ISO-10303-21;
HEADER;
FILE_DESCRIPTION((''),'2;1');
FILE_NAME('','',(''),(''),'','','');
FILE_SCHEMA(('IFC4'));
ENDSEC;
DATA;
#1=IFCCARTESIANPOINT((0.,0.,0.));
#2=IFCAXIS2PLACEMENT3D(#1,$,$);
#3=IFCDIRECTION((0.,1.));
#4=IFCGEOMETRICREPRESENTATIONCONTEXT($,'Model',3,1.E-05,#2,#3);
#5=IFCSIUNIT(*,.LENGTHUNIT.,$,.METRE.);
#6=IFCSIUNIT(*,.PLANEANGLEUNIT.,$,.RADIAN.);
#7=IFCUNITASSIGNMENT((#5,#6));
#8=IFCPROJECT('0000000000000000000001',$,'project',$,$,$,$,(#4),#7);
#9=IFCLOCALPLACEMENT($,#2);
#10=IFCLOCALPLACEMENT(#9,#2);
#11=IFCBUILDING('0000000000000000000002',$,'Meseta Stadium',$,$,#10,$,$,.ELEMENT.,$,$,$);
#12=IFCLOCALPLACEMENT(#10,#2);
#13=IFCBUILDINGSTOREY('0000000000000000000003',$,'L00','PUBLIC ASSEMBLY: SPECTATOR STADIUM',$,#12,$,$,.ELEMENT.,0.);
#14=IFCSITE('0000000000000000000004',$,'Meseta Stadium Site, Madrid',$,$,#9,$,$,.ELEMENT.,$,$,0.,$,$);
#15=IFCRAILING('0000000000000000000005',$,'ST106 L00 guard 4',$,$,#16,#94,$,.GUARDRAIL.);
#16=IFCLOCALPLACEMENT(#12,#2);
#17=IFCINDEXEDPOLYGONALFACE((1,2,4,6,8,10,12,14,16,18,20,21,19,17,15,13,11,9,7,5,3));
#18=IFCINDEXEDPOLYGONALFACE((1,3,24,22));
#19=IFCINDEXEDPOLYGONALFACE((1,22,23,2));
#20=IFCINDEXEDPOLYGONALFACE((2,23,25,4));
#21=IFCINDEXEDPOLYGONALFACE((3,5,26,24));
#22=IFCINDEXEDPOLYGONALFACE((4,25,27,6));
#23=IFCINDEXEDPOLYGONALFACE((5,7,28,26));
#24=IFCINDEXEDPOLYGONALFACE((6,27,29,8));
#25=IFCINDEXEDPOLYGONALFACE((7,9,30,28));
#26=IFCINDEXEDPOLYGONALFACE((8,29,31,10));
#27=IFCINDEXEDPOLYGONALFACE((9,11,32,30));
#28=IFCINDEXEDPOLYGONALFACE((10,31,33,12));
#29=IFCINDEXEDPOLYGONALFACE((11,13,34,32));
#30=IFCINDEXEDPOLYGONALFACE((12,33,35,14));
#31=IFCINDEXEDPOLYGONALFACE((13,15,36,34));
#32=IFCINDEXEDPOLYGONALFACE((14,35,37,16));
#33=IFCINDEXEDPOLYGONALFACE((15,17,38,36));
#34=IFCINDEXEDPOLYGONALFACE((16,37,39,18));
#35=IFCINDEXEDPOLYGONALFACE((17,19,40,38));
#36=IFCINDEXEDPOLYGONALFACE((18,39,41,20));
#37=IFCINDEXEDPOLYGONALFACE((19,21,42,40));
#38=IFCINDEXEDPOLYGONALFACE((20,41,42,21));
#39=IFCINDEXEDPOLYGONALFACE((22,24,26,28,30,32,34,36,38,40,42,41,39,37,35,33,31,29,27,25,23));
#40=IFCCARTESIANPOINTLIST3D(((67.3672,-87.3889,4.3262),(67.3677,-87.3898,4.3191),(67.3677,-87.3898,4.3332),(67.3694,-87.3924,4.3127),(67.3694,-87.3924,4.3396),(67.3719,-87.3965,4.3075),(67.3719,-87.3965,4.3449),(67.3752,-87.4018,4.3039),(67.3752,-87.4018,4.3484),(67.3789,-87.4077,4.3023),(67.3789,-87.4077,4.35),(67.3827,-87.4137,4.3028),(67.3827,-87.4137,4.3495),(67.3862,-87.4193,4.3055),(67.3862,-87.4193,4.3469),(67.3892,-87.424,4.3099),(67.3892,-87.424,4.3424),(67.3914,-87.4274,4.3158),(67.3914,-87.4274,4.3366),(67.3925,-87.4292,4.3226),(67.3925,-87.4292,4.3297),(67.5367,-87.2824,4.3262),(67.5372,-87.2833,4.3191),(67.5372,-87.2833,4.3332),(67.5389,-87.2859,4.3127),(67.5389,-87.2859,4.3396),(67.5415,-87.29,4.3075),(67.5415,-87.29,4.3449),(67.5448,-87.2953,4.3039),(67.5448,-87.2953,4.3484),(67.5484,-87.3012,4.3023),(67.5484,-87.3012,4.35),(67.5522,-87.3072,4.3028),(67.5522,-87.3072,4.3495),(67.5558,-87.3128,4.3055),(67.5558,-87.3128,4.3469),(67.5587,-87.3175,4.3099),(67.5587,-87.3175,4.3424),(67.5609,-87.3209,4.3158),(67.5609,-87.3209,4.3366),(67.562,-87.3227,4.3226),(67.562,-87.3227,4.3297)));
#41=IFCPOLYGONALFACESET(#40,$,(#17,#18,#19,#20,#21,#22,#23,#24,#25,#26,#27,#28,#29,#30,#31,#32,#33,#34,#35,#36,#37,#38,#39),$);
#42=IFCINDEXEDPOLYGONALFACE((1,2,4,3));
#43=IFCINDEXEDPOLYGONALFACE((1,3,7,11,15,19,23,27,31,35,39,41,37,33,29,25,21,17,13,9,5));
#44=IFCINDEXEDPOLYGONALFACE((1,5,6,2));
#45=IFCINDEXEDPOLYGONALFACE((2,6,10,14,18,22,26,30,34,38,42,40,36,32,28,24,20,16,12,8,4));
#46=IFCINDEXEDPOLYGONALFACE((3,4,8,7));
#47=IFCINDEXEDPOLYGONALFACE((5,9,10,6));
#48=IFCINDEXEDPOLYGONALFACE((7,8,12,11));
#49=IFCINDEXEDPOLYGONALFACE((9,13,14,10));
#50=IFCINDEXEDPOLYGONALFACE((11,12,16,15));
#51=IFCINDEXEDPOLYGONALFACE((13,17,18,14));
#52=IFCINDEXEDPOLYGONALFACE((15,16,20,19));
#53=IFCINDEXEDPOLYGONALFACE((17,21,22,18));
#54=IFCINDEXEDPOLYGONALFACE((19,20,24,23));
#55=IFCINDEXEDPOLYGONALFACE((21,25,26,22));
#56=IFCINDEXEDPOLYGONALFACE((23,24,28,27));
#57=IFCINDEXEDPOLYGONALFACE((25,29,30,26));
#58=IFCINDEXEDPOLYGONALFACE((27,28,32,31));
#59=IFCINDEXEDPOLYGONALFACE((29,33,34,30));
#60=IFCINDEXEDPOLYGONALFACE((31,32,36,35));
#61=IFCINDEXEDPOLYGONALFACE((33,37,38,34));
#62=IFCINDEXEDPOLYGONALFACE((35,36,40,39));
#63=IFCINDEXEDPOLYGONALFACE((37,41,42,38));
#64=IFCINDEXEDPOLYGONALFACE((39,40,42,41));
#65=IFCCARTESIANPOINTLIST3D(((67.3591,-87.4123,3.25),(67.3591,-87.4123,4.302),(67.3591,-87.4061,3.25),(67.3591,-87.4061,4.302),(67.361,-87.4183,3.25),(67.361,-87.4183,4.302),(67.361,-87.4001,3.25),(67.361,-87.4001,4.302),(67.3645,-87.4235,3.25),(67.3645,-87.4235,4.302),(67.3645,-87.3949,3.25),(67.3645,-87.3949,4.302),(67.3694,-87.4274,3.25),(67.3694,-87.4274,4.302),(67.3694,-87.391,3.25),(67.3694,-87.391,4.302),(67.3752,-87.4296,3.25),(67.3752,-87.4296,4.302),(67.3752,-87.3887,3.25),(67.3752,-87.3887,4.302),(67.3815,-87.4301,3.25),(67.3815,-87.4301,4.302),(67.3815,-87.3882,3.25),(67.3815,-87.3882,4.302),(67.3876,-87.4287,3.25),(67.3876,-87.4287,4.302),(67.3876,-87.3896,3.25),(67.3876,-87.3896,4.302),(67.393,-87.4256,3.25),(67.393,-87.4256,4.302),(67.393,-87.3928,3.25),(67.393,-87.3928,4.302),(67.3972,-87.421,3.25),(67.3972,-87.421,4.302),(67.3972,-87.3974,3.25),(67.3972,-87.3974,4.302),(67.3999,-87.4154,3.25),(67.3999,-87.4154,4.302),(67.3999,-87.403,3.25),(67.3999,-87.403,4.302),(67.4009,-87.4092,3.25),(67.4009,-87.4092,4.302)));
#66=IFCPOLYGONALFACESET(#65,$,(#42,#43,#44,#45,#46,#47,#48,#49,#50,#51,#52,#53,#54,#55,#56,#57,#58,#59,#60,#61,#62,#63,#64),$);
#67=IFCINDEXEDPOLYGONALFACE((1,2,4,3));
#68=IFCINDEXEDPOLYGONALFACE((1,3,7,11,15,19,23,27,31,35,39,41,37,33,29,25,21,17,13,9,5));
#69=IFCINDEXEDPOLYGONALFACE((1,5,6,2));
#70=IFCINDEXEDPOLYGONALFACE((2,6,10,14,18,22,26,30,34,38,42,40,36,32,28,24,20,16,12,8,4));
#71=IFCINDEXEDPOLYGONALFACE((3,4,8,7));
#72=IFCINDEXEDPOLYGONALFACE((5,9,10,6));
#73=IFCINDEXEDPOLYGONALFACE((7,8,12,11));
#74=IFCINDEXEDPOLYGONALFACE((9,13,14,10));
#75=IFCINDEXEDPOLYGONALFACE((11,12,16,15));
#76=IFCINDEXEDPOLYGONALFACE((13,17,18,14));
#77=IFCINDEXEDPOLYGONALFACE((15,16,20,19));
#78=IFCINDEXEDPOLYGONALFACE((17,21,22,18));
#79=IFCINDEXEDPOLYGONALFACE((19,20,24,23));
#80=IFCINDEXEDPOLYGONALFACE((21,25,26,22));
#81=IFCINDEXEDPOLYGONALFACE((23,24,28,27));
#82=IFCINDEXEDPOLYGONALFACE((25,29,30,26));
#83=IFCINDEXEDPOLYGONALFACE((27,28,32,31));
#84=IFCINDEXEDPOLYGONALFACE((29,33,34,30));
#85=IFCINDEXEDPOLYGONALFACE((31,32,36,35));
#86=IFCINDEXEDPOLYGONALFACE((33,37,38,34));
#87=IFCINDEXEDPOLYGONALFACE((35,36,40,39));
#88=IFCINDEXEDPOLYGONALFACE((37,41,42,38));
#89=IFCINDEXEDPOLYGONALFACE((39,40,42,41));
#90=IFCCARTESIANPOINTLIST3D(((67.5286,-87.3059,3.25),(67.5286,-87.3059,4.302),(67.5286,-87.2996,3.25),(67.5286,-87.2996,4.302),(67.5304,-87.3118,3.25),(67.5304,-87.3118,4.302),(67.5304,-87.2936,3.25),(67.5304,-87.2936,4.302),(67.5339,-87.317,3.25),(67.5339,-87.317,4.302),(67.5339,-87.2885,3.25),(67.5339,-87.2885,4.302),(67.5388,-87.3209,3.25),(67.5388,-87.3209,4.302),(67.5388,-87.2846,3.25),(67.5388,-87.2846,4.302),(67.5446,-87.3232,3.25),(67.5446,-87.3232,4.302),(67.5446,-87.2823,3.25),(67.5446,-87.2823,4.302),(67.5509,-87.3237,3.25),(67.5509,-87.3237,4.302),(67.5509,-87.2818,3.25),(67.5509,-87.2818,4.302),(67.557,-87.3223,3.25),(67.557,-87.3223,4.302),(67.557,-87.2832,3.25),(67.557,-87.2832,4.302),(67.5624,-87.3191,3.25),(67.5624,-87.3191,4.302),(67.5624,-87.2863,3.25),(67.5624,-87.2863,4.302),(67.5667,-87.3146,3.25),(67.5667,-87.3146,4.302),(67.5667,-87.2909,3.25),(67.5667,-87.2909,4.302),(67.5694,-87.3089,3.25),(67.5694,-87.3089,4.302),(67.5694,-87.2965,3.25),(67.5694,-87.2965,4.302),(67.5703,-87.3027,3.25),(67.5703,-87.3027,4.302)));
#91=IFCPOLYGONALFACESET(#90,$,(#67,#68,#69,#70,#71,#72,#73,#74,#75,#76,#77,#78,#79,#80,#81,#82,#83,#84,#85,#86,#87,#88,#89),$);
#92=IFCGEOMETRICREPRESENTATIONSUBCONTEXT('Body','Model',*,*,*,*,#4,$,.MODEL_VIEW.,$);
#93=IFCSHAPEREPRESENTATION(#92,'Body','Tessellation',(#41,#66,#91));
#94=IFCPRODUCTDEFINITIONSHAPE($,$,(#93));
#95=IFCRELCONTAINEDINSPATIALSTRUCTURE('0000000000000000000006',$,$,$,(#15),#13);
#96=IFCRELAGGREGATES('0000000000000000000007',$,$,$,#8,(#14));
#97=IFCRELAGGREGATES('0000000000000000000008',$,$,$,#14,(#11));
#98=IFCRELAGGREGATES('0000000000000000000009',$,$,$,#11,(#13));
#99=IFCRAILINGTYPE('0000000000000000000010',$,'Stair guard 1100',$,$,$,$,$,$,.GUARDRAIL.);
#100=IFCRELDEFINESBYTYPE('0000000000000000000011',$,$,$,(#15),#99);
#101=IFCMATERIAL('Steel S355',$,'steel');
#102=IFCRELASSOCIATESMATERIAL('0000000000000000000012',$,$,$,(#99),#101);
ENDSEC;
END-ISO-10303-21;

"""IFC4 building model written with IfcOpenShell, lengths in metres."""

from ifc_helpers import new_model, si_unit, direction, frame, origin, origin_2d, place, context, subcontext, project, spatial, circle, extrude, material, type_object, element, save


model = new_model("IFC4")

# Units and contexts
model_context = context("Model", 3, precision=1e-05, world=origin(), true_north=direction((0.0, 1.0)))
body_context = subcontext(model_context, "Body", "Model", "MODEL_VIEW")
ifc_project = project(units=[si_unit("LENGTHUNIT", "METRE"), si_unit("PLANEANGLEUNIT", "RADIAN")], contexts=[model_context])

# Site, building, storey
site_placement = place(None, origin())
site = spatial("IfcSite", under=ifc_project, at=site_placement, Name="Meseta Stadium Site, Madrid", CompositionType="ELEMENT", RefElevation=0.0)
building_placement = place(site_placement, origin())
building = spatial("IfcBuilding", under=site, at=building_placement, Name="Meseta Stadium", CompositionType="ELEMENT")
storey_placement = place(building_placement, origin())
storey = spatial("IfcBuildingStorey", under=building, at=storey_placement, Name="L00", Description="PUBLIC ASSEMBLY: SPECTATOR STADIUM", CompositionType="ELEMENT", Elevation=0.0)

# Railing
ifc_material_1 = material(Name="Steel S355", Category="steel")
railing_type_1 = type_object("IfcRailingType", Name="Stair guard 1100", PredefinedType="GUARDRAIL", material=ifc_material_1)
railing_1_placement = place(storey_placement, frame((67.3799, -87.4092, 3.25)))
element("IfcRailing", 1, at=railing_1_placement, inside=storey, type_object=railing_type_1, Name="ST106 L00 guard 4", PredefinedType="GUARDRAIL", context=body_context, shape_type="SweptSolid", body=[
    extrude(circle(Radius=0.0239, at=origin_2d()), frame((0.0, 0.0, 1.0762), z_axis=(0.846762, 0.531972, 0.0), x_axis=(-0.531972, 0.846762, 0.0)), (0.0, 0.0, 1.0), 0.2002),
    extrude(circle(Radius=0.021, at=origin_2d()), origin(), (0.0, 0.0, 1.0), 1.052),
    extrude(circle(Radius=0.021, at=origin_2d()), frame((0.1694, 0.1064, 0.0)), (0.0, 0.0, 1.0), 1.052),
])

save(model, "model.ifc")
